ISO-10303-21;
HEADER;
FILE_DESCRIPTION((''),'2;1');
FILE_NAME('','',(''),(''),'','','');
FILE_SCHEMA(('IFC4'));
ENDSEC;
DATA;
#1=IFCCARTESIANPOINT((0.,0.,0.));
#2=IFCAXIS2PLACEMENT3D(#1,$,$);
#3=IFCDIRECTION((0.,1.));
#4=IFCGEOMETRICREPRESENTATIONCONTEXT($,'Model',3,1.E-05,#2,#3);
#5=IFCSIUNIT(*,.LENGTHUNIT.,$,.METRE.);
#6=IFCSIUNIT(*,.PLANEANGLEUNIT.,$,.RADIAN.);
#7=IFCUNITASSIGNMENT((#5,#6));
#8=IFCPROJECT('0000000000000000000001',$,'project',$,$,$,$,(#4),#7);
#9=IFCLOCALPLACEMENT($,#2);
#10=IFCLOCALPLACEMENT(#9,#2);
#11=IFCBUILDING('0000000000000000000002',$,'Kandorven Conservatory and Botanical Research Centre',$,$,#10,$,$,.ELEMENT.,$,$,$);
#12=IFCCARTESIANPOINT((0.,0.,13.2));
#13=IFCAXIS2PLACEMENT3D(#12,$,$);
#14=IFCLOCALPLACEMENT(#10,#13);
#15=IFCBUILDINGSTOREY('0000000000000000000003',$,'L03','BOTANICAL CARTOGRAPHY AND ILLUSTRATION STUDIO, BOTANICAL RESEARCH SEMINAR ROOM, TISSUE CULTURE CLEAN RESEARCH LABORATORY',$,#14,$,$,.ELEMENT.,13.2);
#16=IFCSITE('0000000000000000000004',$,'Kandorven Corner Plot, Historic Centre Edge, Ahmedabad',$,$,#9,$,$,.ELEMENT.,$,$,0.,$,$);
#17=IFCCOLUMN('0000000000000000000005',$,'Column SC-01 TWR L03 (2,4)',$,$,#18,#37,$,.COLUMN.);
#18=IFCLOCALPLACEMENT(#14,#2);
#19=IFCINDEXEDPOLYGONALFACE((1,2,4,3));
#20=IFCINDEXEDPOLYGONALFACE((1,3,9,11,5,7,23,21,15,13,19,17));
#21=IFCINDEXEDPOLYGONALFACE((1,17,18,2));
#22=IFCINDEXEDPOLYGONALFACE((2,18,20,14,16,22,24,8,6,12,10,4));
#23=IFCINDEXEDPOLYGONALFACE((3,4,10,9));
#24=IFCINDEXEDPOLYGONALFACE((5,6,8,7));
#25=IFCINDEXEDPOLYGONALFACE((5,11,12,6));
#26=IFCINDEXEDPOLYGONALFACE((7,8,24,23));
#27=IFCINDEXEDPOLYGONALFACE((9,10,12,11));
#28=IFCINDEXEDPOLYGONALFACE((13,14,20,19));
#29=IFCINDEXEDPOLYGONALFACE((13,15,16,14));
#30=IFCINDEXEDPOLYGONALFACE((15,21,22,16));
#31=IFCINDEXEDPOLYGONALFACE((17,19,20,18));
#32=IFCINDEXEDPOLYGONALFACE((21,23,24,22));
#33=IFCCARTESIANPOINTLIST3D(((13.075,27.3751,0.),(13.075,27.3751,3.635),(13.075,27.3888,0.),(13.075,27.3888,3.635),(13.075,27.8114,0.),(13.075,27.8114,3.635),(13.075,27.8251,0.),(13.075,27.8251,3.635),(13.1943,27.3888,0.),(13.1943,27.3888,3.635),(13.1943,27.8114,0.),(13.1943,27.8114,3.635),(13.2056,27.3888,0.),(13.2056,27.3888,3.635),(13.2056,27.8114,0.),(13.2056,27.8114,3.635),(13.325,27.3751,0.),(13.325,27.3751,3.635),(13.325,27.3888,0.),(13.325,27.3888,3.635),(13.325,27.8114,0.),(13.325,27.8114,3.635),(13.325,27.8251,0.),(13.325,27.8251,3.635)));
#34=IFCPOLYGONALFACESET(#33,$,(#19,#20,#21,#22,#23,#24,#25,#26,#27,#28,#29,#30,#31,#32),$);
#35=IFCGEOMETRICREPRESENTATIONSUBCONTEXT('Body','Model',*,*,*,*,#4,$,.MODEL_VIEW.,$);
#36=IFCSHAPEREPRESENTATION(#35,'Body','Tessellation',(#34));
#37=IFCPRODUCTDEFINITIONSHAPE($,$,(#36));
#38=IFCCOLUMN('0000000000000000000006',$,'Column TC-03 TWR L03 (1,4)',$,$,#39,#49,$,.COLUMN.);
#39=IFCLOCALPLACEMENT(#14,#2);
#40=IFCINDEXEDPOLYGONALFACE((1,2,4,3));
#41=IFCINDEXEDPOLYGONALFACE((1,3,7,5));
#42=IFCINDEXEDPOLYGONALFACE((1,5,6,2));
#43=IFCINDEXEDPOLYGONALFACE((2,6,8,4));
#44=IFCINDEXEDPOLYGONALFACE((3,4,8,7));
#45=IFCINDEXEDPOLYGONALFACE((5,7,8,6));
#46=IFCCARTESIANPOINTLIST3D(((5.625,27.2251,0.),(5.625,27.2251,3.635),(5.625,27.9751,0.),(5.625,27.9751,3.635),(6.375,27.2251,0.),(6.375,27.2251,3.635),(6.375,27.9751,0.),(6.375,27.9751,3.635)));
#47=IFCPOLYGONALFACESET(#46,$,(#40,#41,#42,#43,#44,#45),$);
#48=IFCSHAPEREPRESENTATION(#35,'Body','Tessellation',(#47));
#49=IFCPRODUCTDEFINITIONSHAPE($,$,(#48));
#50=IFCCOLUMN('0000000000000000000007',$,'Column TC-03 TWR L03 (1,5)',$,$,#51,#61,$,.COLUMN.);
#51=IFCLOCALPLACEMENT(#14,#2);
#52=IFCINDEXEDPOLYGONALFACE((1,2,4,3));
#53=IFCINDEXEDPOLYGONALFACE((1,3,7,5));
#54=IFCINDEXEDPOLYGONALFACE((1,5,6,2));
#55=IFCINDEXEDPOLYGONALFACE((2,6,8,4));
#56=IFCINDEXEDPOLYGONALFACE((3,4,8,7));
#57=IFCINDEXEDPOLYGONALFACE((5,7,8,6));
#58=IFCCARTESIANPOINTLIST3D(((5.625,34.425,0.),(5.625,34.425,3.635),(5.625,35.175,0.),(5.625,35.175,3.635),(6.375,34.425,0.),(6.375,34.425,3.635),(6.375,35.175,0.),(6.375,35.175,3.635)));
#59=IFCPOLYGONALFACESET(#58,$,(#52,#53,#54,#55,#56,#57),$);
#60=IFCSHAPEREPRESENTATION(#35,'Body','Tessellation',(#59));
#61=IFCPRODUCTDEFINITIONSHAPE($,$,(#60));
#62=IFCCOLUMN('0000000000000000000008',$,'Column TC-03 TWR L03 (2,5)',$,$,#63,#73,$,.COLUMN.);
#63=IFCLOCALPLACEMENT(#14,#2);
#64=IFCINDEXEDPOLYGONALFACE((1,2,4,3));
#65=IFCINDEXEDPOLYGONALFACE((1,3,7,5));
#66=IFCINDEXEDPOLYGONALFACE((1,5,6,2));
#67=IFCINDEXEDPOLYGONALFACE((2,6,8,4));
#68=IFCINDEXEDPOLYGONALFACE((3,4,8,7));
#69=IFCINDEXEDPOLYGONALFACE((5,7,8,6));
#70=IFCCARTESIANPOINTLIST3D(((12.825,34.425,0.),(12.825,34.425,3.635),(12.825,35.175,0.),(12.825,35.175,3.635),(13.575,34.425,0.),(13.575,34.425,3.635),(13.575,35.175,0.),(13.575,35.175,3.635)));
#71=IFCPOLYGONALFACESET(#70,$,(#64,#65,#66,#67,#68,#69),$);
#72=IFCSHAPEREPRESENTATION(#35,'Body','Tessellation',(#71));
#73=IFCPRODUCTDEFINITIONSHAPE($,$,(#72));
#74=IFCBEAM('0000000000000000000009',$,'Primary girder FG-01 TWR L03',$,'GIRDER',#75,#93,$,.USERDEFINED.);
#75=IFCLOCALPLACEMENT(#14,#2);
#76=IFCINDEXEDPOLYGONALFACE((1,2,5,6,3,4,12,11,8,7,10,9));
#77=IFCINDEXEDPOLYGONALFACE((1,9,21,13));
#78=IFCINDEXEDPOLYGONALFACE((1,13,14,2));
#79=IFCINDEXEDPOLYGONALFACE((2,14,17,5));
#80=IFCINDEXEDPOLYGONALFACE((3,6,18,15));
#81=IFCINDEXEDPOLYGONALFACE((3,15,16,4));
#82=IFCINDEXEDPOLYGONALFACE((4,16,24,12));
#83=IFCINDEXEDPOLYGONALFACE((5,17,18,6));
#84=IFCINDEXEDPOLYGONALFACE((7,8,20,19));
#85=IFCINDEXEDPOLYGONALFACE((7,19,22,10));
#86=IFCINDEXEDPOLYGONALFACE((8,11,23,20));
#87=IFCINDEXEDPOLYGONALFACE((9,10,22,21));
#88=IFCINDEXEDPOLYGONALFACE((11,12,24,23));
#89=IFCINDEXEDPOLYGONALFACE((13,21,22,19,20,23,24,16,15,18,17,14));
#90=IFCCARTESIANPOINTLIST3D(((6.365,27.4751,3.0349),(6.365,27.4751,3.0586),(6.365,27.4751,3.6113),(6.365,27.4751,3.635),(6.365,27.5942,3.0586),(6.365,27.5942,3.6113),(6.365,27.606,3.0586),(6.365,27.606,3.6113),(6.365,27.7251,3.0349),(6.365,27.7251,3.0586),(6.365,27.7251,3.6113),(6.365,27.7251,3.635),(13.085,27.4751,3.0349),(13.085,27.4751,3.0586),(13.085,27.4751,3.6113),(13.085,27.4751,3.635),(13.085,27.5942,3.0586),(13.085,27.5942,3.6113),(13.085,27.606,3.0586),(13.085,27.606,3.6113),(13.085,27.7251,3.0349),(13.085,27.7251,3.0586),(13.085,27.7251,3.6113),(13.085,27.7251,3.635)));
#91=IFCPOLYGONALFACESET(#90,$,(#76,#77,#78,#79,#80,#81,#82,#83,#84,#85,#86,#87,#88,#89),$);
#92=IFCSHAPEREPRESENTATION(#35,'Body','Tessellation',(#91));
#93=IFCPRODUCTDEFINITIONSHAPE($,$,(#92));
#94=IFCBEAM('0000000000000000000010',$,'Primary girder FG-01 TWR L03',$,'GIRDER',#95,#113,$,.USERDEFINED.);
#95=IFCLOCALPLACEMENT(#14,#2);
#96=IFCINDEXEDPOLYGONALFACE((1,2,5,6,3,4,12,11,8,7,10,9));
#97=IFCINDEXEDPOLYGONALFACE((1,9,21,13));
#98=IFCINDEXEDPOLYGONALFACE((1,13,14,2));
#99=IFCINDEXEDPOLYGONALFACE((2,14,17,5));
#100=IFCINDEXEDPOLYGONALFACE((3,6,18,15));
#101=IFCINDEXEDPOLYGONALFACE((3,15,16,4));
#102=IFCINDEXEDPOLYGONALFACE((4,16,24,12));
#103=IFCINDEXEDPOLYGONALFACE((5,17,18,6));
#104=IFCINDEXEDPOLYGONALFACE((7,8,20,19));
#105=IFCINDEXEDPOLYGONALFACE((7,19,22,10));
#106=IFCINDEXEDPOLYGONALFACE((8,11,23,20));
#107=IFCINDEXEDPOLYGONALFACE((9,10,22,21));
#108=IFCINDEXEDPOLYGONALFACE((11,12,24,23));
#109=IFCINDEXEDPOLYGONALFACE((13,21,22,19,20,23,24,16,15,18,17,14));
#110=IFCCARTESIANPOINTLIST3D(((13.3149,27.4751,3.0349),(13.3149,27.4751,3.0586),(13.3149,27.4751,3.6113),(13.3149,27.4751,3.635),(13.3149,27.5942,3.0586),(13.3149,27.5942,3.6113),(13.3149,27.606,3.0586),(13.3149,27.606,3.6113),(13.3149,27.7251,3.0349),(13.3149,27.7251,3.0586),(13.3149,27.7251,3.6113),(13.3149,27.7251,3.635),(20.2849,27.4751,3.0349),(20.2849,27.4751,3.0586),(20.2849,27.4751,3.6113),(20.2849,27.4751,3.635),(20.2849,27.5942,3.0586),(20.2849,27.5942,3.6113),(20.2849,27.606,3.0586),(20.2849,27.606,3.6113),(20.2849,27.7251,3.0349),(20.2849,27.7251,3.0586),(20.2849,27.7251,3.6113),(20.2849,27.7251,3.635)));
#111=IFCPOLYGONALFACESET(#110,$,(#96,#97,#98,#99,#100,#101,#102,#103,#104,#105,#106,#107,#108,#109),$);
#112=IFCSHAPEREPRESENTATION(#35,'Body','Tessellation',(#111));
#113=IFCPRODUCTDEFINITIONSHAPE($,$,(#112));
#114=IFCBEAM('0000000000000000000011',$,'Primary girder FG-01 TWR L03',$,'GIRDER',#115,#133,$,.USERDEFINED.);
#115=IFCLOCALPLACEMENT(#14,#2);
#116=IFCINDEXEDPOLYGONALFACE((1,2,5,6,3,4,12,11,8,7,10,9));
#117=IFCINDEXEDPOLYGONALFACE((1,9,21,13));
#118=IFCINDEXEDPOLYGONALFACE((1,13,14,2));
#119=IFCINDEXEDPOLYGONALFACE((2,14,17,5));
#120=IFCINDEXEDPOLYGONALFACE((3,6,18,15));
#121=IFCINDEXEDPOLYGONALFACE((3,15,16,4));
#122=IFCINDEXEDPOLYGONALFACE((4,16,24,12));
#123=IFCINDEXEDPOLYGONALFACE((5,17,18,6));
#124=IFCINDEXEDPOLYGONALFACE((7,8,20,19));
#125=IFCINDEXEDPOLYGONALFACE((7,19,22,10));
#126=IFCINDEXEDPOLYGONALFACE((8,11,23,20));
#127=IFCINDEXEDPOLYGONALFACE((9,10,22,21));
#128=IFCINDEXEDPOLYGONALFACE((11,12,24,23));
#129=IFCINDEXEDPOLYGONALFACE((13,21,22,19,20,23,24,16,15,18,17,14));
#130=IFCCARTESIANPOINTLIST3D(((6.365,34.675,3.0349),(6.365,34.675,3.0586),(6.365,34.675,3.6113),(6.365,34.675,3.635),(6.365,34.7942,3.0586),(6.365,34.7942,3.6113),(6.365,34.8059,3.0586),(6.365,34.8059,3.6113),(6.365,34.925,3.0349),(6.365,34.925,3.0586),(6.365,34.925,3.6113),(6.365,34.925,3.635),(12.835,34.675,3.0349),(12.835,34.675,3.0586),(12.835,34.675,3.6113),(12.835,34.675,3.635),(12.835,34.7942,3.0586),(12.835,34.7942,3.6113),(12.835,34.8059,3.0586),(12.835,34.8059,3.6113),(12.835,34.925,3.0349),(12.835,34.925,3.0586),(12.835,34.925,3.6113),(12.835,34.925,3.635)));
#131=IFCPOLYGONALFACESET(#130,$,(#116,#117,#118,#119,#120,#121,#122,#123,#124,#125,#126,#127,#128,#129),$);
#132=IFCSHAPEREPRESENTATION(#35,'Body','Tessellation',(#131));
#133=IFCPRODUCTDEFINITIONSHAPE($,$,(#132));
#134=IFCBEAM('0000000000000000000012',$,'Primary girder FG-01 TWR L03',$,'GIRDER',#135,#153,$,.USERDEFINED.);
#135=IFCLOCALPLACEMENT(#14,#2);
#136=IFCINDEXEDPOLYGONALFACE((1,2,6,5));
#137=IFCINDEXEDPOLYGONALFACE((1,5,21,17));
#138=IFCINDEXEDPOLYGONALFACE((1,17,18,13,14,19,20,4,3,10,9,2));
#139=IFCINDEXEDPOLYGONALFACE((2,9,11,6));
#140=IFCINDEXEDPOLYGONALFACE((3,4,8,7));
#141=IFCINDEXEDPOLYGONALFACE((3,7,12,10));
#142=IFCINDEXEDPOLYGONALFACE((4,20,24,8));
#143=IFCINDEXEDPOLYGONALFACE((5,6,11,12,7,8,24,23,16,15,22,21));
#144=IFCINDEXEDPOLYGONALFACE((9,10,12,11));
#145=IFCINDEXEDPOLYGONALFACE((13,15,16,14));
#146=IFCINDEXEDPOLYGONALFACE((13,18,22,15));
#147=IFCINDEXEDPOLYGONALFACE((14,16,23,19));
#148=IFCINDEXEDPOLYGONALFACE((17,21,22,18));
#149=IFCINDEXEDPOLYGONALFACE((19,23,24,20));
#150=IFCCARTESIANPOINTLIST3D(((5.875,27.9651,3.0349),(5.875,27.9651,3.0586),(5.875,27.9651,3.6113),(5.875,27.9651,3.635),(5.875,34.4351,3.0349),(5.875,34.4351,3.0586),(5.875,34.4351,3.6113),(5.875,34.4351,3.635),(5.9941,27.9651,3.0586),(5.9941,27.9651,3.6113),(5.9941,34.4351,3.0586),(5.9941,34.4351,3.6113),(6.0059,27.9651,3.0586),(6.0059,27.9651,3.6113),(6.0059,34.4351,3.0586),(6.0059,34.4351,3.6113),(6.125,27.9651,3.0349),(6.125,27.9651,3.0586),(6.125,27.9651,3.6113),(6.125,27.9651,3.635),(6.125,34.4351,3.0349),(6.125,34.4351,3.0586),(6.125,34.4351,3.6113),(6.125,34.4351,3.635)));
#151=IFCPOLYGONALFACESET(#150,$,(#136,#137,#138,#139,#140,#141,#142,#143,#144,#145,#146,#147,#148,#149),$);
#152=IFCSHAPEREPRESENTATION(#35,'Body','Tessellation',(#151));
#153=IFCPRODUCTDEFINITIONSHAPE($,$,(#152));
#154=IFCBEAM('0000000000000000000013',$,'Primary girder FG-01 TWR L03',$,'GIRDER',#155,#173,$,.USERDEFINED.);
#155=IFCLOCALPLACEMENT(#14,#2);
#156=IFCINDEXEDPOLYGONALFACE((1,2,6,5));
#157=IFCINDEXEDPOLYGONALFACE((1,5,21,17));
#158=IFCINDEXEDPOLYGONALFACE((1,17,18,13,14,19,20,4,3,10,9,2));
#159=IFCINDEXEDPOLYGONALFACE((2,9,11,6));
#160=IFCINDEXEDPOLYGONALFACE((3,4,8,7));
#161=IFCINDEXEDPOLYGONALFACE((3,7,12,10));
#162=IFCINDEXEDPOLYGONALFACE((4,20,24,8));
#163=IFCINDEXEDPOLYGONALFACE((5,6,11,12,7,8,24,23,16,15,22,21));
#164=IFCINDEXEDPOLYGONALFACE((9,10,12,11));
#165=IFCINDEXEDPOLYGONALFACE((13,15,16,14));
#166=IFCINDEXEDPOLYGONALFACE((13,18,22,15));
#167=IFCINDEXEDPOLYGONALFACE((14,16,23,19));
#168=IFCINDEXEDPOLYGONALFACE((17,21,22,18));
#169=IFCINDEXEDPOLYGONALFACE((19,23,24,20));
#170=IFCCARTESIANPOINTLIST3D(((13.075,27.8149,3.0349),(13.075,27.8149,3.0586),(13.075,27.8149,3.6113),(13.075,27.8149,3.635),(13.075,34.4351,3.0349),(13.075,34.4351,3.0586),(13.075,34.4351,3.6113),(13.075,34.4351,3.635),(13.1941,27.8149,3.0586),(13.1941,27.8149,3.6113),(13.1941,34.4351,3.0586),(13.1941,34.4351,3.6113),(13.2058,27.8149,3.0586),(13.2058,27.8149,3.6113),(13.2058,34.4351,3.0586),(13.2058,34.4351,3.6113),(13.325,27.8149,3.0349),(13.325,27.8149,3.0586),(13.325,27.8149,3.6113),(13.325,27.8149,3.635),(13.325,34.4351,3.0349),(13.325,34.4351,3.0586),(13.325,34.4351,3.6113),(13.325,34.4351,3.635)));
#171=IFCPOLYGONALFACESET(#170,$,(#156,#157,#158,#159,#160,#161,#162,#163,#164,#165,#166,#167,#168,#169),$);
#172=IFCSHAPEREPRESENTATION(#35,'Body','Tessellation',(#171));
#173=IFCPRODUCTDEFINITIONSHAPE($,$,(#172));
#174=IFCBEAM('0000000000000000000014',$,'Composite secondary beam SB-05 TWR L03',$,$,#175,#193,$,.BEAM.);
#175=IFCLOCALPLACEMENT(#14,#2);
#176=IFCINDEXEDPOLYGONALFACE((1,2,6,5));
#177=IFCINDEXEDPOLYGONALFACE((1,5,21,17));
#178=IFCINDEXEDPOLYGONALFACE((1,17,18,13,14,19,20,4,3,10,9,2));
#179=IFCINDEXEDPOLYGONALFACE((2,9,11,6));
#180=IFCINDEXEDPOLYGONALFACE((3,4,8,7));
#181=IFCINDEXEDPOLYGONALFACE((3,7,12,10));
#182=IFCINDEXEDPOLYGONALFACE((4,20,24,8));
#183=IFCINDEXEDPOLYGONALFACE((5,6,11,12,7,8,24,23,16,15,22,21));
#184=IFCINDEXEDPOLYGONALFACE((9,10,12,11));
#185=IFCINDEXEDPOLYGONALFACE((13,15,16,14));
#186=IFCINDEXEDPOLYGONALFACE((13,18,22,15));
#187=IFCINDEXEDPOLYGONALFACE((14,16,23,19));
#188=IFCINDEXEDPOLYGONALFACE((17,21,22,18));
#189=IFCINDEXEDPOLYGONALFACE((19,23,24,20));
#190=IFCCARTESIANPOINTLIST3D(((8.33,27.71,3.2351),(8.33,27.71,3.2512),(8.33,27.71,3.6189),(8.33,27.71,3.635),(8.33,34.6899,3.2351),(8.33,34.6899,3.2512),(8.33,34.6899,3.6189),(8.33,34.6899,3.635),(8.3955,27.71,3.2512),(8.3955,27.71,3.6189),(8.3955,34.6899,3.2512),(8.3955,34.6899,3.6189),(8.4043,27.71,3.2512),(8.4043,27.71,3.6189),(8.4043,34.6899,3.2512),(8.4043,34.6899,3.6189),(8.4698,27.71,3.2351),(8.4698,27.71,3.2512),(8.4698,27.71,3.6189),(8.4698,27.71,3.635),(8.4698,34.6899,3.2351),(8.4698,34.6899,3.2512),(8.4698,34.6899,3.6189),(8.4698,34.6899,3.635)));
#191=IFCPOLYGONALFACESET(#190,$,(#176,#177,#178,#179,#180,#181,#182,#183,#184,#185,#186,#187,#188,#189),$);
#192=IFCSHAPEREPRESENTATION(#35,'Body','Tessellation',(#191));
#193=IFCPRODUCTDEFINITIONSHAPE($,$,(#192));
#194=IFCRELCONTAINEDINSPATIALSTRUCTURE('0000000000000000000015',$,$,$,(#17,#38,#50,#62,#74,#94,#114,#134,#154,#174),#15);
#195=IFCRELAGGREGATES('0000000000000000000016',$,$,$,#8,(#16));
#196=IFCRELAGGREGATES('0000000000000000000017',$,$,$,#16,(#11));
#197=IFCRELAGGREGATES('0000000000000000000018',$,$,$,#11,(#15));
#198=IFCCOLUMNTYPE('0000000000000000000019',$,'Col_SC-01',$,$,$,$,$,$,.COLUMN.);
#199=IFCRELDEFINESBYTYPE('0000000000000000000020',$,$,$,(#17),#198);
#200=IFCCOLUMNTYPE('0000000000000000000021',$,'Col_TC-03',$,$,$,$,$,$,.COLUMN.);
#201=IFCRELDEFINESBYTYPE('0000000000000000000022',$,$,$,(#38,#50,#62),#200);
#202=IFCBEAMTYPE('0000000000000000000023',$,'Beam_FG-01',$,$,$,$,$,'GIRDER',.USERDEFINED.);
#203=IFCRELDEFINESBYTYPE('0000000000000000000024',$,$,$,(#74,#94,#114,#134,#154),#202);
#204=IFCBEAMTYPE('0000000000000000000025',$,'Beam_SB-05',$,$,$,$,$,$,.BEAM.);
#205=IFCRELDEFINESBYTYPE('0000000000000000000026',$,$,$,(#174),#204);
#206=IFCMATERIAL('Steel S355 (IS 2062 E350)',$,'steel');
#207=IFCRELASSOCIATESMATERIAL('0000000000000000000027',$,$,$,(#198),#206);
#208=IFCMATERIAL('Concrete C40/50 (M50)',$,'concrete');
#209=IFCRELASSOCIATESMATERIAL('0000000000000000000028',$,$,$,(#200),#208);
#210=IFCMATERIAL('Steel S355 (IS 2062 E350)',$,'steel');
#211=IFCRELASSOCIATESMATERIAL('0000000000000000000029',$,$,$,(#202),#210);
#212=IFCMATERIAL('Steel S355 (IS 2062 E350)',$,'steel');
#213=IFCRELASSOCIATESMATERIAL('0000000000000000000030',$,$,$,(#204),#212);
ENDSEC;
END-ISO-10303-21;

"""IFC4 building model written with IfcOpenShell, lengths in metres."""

from ifc_helpers import new_model, si_unit, direction, frame, origin, origin_2d, place, context, subcontext, project, spatial, rectangle, i_section, extrude, material, material_profile, profile_set, type_object, element, save


model = new_model("IFC4")

# Units and contexts
model_context = context("Model", 3, precision=1e-05, world=origin(), true_north=direction((0.0, 1.0)))
body_context = subcontext(model_context, "Body", "Model", "MODEL_VIEW")
ifc_project = project(units=[si_unit("LENGTHUNIT", "METRE"), si_unit("PLANEANGLEUNIT", "RADIAN")], contexts=[model_context])

# Site, building, storey
site_placement = place(None, origin())
site = spatial("IfcSite", under=ifc_project, at=site_placement, Name="Kandorven Corner Plot, Historic Centre Edge, Ahmedabad", CompositionType="ELEMENT", RefElevation=0.0)
building_placement = place(site_placement, origin())
building = spatial("IfcBuilding", under=site, at=building_placement, Name="Kandorven Conservatory and Botanical Research Centre", CompositionType="ELEMENT")
storey_placement = place(building_placement, frame((0.0, 0.0, 13.2)))
storey = spatial("IfcBuildingStorey", under=building, at=storey_placement, Name="L03", Description="BOTANICAL CARTOGRAPHY AND ILLUSTRATION STUDIO, BOTANICAL RESEARCH SEMINAR ROOM, TISSUE CULTURE CLEAN RESEARCH LABORATORY", CompositionType="ELEMENT", Elevation=13.2)

# Columns
ifc_material_1 = material(Name="Steel S355 (IS 2062 E350)", Category="steel")
ifc_material_profile_1 = material_profile(ifc_material_1, i_section(OverallWidth=0.25, OverallDepth=0.45, WebThickness=0.0112, FlangeThickness=0.0137, at=origin_2d()))
ifc_profile_set_1 = profile_set([ifc_material_profile_1], Name="Steel S355 (IS 2062 E350)")
column_type_1 = type_object("IfcColumnType", Name="Col_SC-01", PredefinedType="COLUMN", material=ifc_profile_set_1)
column_placement = place(storey_placement, frame((13.2, 27.6001, 0.0), z_axis=(0.0, 0.0, 1.0), x_axis=(1.0, 0.0, 0.0)))
element("IfcColumn", 1, at=column_placement, inside=storey, type_object=column_type_1, Name="Column SC-01 TWR L03 (2,4)", PredefinedType="COLUMN", context=body_context, shape_type="SweptSolid", body=[
    extrude(i_section(OverallWidth=0.25, OverallDepth=0.45, WebThickness=0.0112, FlangeThickness=0.0137, at=origin_2d()), origin(), (0.0, 0.0, 1.0), 3.635),
])
ifc_material_2 = material(Name="Concrete C40/50 (M50)", Category="concrete")
ifc_material_profile_2 = material_profile(ifc_material_2, rectangle(XDim=0.75, YDim=0.75, at=origin_2d()))
ifc_profile_set_2 = profile_set([ifc_material_profile_2], Name="Concrete C40/50 (M50)")
column_type_2 = type_object("IfcColumnType", Name="Col_TC-03", PredefinedType="COLUMN", material=ifc_profile_set_2)
for number, where, z_axis, x_axis, name in (
    (2, (6.0, 27.6001, 0.0), (0.0, 0.0, 1.0), (1.0, 0.0, 0.0), "Column TC-03 TWR L03 (1,4)"),
    (3, (6.0, 34.8, 0.0), (0.0, 0.0, 1.0), (1.0, 0.0, 0.0), "Column TC-03 TWR L03 (1,5)"),
    (4, (13.2, 34.8, 0.0), (0.0, 0.0, 1.0), (1.0, 0.0, 0.0), "Column TC-03 TWR L03 (2,5)"),
):
    element("IfcColumn", number, at=place(storey_placement, frame(where, z_axis=z_axis, x_axis=x_axis)), inside=storey, type_object=column_type_2, Name=name, PredefinedType="COLUMN", context=body_context, shape_type="SweptSolid", body=[
        extrude(rectangle(XDim=0.75, YDim=0.75, at=origin_2d()), origin(), (0.0, 0.0, 1.0), 3.635),
    ])

# Beams
ifc_material_3 = material(Name="Steel S355 (IS 2062 E350)", Category="steel")
ifc_material_profile_3 = material_profile(ifc_material_3, i_section(OverallWidth=0.25, OverallDepth=0.6001, WebThickness=0.0117, FlangeThickness=0.0237, at=origin_2d()))
ifc_profile_set_3 = profile_set([ifc_material_profile_3], Name="Steel S355 (IS 2062 E350)")
beam_type_1 = type_object("IfcBeamType", Name="Beam_FG-01", ElementType="GIRDER", PredefinedType="USERDEFINED", material=ifc_profile_set_3)
beam_1_placement = place(storey_placement, frame((6.365, 27.6001, 3.335), z_axis=(1.0, 0.0, 0.0), x_axis=(0.0, 1.0, 0.0)))
element("IfcBeam", 5, at=beam_1_placement, inside=storey, type_object=beam_type_1, Name="Primary girder FG-01 TWR L03", ObjectType="GIRDER", PredefinedType="USERDEFINED", context=body_context, shape_type="SweptSolid", body=[
    extrude(i_section(OverallWidth=0.25, OverallDepth=0.6001, WebThickness=0.0117, FlangeThickness=0.0237, at=origin_2d()), origin(), (0.0, 0.0, 1.0), 6.72),
])
beam_2_placement = place(storey_placement, frame((13.3149, 27.6001, 3.335), z_axis=(1.0, 0.0, 0.0), x_axis=(0.0, 1.0, 0.0)))
element("IfcBeam", 6, at=beam_2_placement, inside=storey, type_object=beam_type_1, Name="Primary girder FG-01 TWR L03", ObjectType="GIRDER", PredefinedType="USERDEFINED", context=body_context, shape_type="SweptSolid", body=[
    extrude(i_section(OverallWidth=0.25, OverallDepth=0.6001, WebThickness=0.0117, FlangeThickness=0.0237, at=origin_2d()), origin(), (0.0, 0.0, 1.0), 6.97),
])
for number, where, z_axis, x_axis, name in (
    (7, (6.365, 34.8, 3.335), (1.0, 0.0, 0.0), (0.0, 1.0, 0.0), "Primary girder FG-01 TWR L03"),
    (8, (6.0, 27.9651, 3.335), (0.0, 1.0, 0.0), (-1.0, 0.0, 0.0), "Primary girder FG-01 TWR L03"),
):
    element("IfcBeam", number, at=place(storey_placement, frame(where, z_axis=z_axis, x_axis=x_axis)), inside=storey, type_object=beam_type_1, Name=name, ObjectType="GIRDER", PredefinedType="USERDEFINED", context=body_context, shape_type="SweptSolid", body=[
        extrude(i_section(OverallWidth=0.25, OverallDepth=0.6001, WebThickness=0.0117, FlangeThickness=0.0237, at=origin_2d()), origin(), (0.0, 0.0, 1.0), 6.47),
    ])
beam_3_placement = place(storey_placement, frame((13.2, 27.8149, 3.335), z_axis=(0.0, 1.0, 0.0), x_axis=(-1.0, 0.0, 0.0)))
element("IfcBeam", 9, at=beam_3_placement, inside=storey, type_object=beam_type_1, Name="Primary girder FG-01 TWR L03", ObjectType="GIRDER", PredefinedType="USERDEFINED", context=body_context, shape_type="SweptSolid", body=[
    extrude(i_section(OverallWidth=0.25, OverallDepth=0.6001, WebThickness=0.0117, FlangeThickness=0.0237, at=origin_2d()), origin(), (0.0, 0.0, 1.0), 6.6201),
])
ifc_material_4 = material(Name="Steel S355 (IS 2062 E350)", Category="steel")
ifc_material_profile_4 = material_profile(ifc_material_4, i_section(OverallWidth=0.1399, OverallDepth=0.3999, WebThickness=0.0088, FlangeThickness=0.0161, at=origin_2d()))
ifc_profile_set_4 = profile_set([ifc_material_profile_4], Name="Steel S355 (IS 2062 E350)")
beam_type_2 = type_object("IfcBeamType", Name="Beam_SB-05", PredefinedType="BEAM", material=ifc_profile_set_4)
for number, where, z_axis, x_axis, name in (
    (10, (8.3999, 27.71, 3.4351), (0.0, 1.0, 0.0), (-1.0, 0.0, 0.0), "Composite secondary beam SB-05 TWR L03"),
):
    element("IfcBeam", number, at=place(storey_placement, frame(where, z_axis=z_axis, x_axis=x_axis)), inside=storey, type_object=beam_type_2, Name=name, PredefinedType="BEAM", context=body_context, shape_type="SweptSolid", body=[
        extrude(i_section(OverallWidth=0.1399, OverallDepth=0.3999, WebThickness=0.0088, FlangeThickness=0.0161, at=origin_2d()), origin(), (0.0, 0.0, 1.0), 6.98),
    ])

save(model, "model.ifc")
